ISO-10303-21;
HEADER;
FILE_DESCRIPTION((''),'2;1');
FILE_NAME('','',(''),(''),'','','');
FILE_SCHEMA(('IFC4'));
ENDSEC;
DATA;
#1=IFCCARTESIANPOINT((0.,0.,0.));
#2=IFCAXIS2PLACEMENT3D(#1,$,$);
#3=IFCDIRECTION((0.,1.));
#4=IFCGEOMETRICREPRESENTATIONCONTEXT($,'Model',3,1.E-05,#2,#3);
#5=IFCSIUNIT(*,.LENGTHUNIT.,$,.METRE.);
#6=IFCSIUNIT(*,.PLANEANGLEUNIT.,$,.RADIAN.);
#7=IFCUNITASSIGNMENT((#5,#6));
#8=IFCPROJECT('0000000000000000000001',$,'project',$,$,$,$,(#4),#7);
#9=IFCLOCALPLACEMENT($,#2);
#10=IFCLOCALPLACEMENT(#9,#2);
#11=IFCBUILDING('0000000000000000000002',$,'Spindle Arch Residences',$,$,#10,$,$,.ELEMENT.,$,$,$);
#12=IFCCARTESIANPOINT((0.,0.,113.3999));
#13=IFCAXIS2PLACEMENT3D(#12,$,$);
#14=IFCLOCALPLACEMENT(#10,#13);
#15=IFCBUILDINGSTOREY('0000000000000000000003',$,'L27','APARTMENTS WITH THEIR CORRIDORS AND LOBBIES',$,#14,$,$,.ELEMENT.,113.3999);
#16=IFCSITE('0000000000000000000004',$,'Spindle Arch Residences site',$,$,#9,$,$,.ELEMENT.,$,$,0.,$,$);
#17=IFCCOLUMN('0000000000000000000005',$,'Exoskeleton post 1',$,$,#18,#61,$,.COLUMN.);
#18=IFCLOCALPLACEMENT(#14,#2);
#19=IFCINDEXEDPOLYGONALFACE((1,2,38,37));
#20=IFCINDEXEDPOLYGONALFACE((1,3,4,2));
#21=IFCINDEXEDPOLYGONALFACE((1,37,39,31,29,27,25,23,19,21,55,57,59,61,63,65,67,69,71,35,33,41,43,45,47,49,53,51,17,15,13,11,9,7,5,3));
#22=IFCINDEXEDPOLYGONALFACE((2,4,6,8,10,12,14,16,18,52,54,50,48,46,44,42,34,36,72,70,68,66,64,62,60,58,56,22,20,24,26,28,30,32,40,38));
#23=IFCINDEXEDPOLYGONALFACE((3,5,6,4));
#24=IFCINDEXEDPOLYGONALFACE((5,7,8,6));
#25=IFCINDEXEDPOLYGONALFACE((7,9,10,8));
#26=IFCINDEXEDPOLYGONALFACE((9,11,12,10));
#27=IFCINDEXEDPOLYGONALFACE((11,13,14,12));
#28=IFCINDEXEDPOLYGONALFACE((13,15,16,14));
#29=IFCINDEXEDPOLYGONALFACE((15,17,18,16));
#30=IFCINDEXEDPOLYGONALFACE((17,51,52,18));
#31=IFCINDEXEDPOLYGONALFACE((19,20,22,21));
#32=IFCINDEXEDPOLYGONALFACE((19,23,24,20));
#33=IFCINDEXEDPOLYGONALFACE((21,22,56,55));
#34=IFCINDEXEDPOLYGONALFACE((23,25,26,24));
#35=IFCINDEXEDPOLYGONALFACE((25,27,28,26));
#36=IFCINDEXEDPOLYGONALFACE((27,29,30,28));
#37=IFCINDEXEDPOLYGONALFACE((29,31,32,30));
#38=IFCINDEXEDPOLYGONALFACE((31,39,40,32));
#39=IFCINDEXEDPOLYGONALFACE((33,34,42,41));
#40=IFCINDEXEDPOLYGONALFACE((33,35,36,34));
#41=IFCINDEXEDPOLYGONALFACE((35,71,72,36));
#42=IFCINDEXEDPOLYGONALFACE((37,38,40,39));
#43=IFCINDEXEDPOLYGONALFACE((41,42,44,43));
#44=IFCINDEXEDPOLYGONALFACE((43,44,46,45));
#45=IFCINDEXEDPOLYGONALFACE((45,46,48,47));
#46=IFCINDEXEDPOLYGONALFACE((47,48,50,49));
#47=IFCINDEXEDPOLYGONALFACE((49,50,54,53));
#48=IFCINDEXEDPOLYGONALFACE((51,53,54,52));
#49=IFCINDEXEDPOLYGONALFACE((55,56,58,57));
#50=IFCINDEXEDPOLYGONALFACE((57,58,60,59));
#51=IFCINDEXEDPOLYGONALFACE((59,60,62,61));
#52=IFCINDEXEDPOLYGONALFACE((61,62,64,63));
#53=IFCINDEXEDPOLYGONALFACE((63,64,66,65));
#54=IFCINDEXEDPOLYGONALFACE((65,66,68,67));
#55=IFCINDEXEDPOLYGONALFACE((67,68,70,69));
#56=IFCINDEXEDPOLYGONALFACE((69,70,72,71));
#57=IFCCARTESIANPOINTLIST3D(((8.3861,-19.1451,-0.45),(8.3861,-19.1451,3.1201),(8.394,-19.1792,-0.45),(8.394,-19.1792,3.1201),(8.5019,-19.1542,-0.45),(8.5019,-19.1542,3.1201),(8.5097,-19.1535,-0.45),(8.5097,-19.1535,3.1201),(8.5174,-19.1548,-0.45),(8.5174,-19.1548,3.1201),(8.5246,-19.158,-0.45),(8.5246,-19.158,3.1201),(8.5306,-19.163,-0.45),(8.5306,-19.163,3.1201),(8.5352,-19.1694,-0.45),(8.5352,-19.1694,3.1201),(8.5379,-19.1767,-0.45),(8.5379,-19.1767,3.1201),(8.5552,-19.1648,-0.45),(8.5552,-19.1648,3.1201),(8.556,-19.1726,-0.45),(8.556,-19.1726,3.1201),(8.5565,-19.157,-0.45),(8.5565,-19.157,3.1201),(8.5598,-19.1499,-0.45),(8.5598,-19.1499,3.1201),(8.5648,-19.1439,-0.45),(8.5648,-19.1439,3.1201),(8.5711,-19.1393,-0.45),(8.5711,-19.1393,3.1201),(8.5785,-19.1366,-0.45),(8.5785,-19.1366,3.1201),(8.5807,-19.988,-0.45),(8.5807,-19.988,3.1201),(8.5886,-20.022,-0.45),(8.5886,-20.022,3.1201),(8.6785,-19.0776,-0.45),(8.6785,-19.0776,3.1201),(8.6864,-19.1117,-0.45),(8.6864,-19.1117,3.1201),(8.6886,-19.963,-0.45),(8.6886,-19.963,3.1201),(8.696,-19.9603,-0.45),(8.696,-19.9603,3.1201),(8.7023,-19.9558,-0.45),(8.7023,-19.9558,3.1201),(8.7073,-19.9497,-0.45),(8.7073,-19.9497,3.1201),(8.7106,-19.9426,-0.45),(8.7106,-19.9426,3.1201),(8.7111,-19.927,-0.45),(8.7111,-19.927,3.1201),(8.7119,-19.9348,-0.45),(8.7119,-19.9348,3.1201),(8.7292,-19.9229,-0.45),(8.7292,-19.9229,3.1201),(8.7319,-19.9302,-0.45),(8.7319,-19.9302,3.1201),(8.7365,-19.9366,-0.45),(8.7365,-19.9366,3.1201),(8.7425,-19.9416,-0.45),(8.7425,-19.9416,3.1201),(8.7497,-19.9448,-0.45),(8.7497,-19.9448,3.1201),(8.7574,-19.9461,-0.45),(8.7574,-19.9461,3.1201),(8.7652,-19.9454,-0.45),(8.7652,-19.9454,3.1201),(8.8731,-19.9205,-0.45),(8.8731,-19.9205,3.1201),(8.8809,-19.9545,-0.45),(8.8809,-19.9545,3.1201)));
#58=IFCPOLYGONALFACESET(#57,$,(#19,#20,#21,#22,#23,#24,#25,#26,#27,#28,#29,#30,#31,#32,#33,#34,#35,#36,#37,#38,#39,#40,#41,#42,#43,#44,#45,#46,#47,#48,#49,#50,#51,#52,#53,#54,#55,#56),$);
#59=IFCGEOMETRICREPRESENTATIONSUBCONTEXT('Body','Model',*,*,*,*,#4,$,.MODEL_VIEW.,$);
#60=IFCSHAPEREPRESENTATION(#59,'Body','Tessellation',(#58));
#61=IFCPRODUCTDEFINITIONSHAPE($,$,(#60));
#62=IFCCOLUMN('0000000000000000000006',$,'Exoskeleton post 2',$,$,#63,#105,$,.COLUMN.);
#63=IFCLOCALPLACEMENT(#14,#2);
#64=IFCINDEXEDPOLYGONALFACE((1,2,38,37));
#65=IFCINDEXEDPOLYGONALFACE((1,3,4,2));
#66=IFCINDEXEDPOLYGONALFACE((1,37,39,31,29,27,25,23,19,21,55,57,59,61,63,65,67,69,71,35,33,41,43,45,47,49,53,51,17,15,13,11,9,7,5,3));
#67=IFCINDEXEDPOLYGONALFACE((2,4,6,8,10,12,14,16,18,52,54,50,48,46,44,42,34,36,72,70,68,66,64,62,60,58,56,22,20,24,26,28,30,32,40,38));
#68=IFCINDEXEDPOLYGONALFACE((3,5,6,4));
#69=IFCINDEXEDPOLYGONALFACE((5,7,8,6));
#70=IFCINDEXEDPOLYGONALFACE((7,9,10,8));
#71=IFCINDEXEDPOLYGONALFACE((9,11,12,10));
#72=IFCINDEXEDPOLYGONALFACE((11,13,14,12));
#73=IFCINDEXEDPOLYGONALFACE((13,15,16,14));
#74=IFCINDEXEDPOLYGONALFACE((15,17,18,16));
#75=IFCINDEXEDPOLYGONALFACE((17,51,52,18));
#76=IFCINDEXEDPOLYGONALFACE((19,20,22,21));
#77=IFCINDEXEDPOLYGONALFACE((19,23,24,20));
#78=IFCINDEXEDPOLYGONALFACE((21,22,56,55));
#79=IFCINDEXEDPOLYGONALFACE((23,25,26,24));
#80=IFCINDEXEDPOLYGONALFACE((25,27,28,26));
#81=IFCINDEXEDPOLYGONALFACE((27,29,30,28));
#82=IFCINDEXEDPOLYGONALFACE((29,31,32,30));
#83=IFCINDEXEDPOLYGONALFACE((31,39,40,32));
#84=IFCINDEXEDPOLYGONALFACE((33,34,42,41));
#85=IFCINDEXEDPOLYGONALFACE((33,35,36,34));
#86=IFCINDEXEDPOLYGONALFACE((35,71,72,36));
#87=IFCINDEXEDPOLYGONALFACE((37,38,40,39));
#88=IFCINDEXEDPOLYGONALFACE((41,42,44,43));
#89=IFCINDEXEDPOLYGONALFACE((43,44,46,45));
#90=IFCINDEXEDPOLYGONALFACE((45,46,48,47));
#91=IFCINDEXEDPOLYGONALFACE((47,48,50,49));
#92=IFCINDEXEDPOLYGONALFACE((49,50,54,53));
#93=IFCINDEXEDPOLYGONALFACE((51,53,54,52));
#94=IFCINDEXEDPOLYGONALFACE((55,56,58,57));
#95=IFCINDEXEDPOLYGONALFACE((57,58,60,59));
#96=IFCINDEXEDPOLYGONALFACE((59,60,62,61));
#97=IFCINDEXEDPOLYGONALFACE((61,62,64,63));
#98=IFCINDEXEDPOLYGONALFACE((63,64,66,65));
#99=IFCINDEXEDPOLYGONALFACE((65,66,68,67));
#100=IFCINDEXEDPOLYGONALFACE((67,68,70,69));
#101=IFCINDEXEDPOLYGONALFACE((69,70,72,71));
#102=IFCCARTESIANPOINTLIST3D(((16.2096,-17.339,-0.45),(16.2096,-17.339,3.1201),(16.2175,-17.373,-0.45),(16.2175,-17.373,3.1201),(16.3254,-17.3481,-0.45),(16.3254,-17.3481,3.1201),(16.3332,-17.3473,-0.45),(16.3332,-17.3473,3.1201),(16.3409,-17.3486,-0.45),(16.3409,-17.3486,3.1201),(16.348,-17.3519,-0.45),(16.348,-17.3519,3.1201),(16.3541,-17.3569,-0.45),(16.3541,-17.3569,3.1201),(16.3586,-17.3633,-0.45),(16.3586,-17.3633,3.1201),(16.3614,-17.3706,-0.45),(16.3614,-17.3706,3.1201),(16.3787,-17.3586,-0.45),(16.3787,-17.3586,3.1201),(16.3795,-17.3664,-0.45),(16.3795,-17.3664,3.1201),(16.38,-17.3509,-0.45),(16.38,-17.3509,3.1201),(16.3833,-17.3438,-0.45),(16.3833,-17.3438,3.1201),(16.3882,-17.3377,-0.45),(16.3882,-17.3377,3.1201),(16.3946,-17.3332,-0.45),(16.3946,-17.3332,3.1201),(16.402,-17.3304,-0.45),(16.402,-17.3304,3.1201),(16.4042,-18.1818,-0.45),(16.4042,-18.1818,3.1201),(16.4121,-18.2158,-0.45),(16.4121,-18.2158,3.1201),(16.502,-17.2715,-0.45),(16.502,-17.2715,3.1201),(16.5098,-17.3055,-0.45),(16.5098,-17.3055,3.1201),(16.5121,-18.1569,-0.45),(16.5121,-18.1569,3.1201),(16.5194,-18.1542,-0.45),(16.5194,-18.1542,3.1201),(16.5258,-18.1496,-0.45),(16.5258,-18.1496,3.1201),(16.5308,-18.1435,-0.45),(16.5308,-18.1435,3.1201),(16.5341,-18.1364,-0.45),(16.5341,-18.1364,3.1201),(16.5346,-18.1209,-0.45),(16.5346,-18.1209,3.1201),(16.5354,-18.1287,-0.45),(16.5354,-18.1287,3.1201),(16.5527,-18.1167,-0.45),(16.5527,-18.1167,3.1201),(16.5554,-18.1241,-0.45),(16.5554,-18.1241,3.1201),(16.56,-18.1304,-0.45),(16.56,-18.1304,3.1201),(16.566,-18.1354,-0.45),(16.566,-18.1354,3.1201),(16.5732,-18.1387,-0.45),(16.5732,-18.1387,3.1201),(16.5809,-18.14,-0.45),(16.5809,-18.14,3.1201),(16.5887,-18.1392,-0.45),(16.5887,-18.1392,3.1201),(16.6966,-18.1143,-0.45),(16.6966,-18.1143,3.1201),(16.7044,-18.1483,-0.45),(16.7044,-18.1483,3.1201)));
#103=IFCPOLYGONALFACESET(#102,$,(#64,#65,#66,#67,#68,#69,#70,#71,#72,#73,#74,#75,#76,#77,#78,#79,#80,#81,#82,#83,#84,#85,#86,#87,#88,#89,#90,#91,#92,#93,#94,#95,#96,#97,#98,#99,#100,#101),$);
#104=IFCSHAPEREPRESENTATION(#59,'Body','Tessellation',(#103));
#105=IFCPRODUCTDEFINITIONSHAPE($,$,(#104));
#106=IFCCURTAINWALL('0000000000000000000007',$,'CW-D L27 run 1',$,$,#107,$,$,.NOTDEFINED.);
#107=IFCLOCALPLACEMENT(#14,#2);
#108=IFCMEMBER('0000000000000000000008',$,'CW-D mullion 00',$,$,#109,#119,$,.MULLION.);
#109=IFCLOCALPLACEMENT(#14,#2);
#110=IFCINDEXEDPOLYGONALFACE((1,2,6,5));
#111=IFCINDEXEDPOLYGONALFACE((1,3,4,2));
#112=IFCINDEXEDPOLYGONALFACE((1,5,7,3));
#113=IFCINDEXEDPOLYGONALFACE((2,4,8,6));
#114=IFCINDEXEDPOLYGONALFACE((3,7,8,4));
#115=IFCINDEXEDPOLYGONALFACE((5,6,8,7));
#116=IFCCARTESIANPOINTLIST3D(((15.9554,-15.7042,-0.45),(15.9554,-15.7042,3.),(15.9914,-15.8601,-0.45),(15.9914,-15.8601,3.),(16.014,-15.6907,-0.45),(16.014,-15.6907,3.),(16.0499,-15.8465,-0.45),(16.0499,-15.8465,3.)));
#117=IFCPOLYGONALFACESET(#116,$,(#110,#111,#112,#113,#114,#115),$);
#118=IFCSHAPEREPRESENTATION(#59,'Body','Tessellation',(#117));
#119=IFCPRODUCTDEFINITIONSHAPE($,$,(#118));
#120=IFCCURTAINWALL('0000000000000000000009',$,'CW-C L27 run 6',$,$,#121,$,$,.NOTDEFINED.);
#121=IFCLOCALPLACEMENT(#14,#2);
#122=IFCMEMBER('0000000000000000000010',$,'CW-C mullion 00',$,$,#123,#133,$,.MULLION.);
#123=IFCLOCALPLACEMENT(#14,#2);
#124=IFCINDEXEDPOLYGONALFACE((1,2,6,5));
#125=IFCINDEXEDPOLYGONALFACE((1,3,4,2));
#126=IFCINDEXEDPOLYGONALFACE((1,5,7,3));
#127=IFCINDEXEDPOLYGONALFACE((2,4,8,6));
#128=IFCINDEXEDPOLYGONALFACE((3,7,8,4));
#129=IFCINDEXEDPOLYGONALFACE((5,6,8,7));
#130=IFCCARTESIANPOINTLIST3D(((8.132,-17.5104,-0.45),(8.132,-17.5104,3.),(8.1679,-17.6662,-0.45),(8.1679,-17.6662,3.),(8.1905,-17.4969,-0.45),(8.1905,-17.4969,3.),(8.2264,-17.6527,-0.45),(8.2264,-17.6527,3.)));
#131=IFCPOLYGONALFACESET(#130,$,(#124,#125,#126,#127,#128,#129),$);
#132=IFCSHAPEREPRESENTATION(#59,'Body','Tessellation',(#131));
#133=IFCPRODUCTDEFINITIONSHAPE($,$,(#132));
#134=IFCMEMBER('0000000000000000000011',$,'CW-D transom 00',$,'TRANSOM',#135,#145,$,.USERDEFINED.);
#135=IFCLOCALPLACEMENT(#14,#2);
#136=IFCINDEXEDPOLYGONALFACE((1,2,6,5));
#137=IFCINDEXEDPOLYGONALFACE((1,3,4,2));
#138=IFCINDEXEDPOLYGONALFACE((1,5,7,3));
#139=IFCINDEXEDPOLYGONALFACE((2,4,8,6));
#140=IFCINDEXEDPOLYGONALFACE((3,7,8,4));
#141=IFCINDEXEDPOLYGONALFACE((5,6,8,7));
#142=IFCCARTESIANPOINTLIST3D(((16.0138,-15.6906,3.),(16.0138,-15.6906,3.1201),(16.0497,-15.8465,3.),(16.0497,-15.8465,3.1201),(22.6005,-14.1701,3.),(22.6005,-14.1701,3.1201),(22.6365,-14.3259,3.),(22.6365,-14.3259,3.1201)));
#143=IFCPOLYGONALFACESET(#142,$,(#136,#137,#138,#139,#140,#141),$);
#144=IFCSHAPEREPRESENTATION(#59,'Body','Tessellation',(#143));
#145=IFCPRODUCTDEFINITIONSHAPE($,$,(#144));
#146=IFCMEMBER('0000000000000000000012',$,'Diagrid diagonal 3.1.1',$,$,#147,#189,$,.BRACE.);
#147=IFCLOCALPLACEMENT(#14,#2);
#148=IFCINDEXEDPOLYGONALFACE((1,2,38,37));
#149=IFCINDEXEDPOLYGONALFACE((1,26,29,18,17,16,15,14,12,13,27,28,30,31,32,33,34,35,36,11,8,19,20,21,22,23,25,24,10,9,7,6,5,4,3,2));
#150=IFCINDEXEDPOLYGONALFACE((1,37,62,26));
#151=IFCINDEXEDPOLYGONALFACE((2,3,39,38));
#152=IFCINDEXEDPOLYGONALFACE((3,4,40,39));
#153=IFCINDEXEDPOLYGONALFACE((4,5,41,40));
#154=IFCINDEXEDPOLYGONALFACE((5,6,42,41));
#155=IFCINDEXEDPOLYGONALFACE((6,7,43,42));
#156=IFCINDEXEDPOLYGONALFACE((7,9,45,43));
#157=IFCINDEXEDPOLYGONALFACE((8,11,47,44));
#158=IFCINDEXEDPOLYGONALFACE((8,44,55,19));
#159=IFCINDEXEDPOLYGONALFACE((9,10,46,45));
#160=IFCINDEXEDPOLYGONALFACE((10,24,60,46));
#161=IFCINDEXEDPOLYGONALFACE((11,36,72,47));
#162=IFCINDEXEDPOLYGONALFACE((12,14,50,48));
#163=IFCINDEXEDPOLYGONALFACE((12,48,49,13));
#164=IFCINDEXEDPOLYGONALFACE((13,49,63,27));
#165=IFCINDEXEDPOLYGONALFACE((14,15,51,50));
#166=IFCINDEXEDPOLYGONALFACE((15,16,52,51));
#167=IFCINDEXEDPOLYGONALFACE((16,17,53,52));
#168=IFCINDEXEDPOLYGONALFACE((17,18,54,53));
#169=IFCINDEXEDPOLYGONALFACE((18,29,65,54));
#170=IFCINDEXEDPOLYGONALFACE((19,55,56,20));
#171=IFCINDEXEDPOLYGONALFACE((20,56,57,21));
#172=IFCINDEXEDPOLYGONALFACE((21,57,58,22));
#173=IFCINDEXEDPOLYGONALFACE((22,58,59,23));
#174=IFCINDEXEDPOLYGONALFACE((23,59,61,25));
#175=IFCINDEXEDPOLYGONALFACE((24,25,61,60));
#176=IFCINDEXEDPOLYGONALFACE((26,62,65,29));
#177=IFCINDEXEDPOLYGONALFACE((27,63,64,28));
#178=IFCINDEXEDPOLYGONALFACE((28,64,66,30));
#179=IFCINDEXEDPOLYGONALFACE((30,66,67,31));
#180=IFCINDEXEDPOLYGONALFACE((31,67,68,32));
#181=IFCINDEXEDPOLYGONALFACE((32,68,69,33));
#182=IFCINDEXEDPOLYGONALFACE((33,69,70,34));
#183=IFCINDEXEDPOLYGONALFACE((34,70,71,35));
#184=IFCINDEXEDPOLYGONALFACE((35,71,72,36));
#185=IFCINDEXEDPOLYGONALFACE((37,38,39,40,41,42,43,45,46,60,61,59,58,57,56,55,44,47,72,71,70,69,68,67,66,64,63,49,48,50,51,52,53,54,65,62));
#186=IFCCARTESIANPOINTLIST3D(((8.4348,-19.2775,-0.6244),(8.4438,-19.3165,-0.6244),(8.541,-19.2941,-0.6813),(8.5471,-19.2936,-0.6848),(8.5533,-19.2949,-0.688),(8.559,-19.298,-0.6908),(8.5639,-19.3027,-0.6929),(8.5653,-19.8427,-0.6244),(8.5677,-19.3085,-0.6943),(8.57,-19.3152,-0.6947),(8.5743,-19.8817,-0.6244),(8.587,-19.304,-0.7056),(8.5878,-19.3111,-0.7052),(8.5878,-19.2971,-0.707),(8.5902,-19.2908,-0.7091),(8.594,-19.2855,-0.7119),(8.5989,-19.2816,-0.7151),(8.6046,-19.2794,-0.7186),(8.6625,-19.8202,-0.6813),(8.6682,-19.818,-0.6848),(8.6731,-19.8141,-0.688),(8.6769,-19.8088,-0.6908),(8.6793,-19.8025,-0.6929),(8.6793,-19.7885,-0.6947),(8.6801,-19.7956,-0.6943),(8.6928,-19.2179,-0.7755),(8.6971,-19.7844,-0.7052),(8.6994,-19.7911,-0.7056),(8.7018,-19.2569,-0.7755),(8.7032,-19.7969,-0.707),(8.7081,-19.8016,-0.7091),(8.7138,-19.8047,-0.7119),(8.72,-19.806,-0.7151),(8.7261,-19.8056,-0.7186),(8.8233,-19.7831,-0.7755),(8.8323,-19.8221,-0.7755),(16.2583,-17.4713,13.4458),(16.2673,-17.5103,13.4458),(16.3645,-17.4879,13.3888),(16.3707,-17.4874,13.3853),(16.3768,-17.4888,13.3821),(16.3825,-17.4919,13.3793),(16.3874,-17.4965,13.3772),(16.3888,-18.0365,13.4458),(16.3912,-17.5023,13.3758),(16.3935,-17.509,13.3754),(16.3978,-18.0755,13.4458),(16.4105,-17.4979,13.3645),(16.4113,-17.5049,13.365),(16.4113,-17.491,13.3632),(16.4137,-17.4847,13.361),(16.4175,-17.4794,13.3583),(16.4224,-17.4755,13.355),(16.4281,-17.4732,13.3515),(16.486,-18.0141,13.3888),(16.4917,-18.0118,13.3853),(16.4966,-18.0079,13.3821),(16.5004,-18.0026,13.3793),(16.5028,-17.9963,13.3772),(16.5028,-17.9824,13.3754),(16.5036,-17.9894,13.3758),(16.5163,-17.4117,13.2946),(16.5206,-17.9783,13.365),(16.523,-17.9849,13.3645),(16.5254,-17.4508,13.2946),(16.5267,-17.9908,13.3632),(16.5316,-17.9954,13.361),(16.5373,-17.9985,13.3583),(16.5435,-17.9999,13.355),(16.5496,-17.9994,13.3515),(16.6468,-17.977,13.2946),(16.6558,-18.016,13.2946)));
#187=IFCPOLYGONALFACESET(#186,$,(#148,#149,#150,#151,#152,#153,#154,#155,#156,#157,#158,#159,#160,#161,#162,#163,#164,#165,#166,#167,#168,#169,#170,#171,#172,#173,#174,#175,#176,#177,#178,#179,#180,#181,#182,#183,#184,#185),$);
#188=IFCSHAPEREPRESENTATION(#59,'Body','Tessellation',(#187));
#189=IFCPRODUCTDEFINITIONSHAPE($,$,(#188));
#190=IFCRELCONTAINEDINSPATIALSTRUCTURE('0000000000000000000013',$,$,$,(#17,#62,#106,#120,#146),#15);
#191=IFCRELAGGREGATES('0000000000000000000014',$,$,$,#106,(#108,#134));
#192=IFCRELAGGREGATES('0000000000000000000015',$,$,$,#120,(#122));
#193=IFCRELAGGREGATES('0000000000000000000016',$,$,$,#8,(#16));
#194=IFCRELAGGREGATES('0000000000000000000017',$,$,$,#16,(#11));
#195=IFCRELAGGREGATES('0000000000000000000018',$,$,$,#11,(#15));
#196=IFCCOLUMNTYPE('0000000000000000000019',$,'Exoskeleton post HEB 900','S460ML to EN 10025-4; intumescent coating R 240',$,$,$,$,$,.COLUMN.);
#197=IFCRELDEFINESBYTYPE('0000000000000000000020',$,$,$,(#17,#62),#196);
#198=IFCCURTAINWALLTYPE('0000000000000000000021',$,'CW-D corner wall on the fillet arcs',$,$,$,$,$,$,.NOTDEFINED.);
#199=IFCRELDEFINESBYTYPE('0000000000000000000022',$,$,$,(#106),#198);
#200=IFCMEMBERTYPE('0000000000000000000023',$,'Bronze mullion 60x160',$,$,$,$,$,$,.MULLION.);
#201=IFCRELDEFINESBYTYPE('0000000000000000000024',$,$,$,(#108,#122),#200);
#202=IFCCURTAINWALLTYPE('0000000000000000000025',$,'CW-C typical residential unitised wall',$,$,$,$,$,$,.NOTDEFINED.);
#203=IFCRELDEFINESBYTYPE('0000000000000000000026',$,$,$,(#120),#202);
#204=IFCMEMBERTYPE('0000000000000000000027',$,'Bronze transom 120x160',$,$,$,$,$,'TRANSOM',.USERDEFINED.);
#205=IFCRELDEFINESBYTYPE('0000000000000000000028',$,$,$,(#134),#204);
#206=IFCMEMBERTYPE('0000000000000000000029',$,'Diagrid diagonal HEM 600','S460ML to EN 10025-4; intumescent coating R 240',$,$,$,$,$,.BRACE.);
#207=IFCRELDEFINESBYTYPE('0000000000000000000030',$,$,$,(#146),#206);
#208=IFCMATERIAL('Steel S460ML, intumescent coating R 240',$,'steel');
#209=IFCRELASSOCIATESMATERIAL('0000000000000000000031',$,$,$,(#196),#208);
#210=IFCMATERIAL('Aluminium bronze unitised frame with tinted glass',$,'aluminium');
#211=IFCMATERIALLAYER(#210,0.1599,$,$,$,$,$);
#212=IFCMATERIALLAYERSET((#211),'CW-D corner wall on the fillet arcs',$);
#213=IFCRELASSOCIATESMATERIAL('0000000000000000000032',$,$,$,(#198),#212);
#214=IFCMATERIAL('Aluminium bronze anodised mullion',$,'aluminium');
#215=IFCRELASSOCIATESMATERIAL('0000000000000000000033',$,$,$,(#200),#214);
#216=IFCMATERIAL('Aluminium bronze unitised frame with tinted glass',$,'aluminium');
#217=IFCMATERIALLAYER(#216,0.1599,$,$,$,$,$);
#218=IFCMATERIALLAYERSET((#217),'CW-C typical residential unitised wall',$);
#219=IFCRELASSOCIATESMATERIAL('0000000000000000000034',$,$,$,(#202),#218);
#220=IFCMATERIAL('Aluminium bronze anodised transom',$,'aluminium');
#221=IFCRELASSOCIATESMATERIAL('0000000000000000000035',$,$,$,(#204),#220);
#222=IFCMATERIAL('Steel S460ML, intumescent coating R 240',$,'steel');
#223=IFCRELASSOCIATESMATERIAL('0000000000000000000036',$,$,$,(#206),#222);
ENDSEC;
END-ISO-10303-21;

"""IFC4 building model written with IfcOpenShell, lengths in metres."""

from ifc_helpers import new_model, si_unit, direction, frame, origin, origin_2d, place, context, subcontext, project, spatial, rectangle, i_section, extrude, material, layer, layer_set, material_profile, profile_set, type_object, element, aggregate, save


model = new_model("IFC4")

# Units and contexts
model_context = context("Model", 3, precision=1e-05, world=origin(), true_north=direction((0.0, 1.0)))
body_context = subcontext(model_context, "Body", "Model", "MODEL_VIEW")
ifc_project = project(units=[si_unit("LENGTHUNIT", "METRE"), si_unit("PLANEANGLEUNIT", "RADIAN")], contexts=[model_context])

# Site, building, storey
site_placement = place(None, origin())
site = spatial("IfcSite", under=ifc_project, at=site_placement, Name="Spindle Arch Residences site", CompositionType="ELEMENT", RefElevation=0.0)
building_placement = place(site_placement, origin())
building = spatial("IfcBuilding", under=site, at=building_placement, Name="Spindle Arch Residences", CompositionType="ELEMENT")
storey_placement = place(building_placement, frame((0.0, 0.0, 113.3999)))
storey = spatial("IfcBuildingStorey", under=building, at=storey_placement, Name="L27", Description="APARTMENTS WITH THEIR CORRIDORS AND LOBBIES", CompositionType="ELEMENT", Elevation=113.3999)

# Columns
ifc_material_1 = material(Name="Steel S460ML, intumescent coating R 240", Category="steel")
ifc_material_profile_1 = material_profile(ifc_material_1, i_section(OverallWidth=0.3, OverallDepth=0.8999, WebThickness=0.0186, FlangeThickness=0.0349, FilletRadius=0.03, at=origin_2d()), Name="HEB 900")
ifc_profile_set_1 = profile_set([ifc_material_profile_1], Name="Steel S460ML, intumescent coating R 240")
column_type = type_object("IfcColumnType", Name="Exoskeleton post HEB 900", Description="S460ML to EN 10025-4; intumescent coating R 240", PredefinedType="COLUMN", material=ifc_profile_set_1)
for number, where, z_axis, x_axis, name in (
    (1, (8.6335, -19.5498, -0.45), (0.0, 0.0, 1.0), (-0.97437, -0.224951, 0.0), "Exoskeleton post 1"),
    (2, (16.457, -17.7437, -0.45), (0.0, 0.0, 1.0), (-0.97437, -0.224951, 0.0), "Exoskeleton post 2"),
):
    element("IfcColumn", number, at=place(storey_placement, frame(where, z_axis=z_axis, x_axis=x_axis)), inside=storey, type_object=column_type, Name=name, PredefinedType="COLUMN", context=body_context, shape_type="SweptSolid", body=[
        extrude(i_section(OverallWidth=0.3, OverallDepth=0.8999, WebThickness=0.0186, FlangeThickness=0.0349, FilletRadius=0.03, at=origin_2d()), origin(), (0.0, 0.0, 1.0), 3.5701),
    ])

# Curtain walls, members
ifc_material_2 = material(Name="Aluminium bronze unitised frame with tinted glass", Category="aluminium")
ifc_layer_1 = layer(ifc_material_2, 0.1599)
ifc_layer_set_1 = layer_set([ifc_layer_1], Name="CW-D corner wall on the fillet arcs")
curtain_wall_type_1 = type_object("IfcCurtainWallType", Name="CW-D corner wall on the fillet arcs", PredefinedType="NOTDEFINED", material=ifc_layer_set_1)
curtain_wall_1_placement = place(storey_placement, origin())
curtain_wall_1 = element("IfcCurtainWall", 3, at=curtain_wall_1_placement, inside=storey, type_object=curtain_wall_type_1, Name="CW-D L27 run 1", PredefinedType="NOTDEFINED")
ifc_material_3 = material(Name="Aluminium bronze anodised mullion", Category="aluminium")
ifc_material_profile_2 = material_profile(ifc_material_3, rectangle(XDim=0.1599, YDim=0.0601, at=origin_2d()), Name="MU 60x160")
ifc_profile_set_2 = profile_set([ifc_material_profile_2], Name="Aluminium bronze anodised mullion")
member_type_1 = type_object("IfcMemberType", Name="Bronze mullion 60x160", PredefinedType="MULLION", material=ifc_profile_set_2)
member_1_placement = place(storey_placement, frame((16.0027, -15.7754, -0.45), z_axis=(0.0, 0.0, 1.0), x_axis=(-0.224951, 0.97437, 0.0)))
member_1 = element("IfcMember", 4, at=member_1_placement, type_object=member_type_1, Name="CW-D mullion 00", PredefinedType="MULLION", context=body_context, shape_type="SweptSolid", body=[
    extrude(rectangle(XDim=0.1599, YDim=0.0601, at=origin_2d()), origin(), (0.0, 0.0, 1.0), 3.45),
])
ifc_material_4 = material(Name="Aluminium bronze unitised frame with tinted glass", Category="aluminium")
ifc_layer_2 = layer(ifc_material_4, 0.1599)
ifc_layer_set_2 = layer_set([ifc_layer_2], Name="CW-C typical residential unitised wall")
curtain_wall_type_2 = type_object("IfcCurtainWallType", Name="CW-C typical residential unitised wall", PredefinedType="NOTDEFINED", material=ifc_layer_set_2)
curtain_wall_2_placement = place(storey_placement, origin())
curtain_wall_2 = element("IfcCurtainWall", 5, at=curtain_wall_2_placement, inside=storey, type_object=curtain_wall_type_2, Name="CW-C L27 run 6", PredefinedType="NOTDEFINED")
member_2_placement = place(storey_placement, frame((8.1792, -17.5815, -0.45), z_axis=(0.0, 0.0, 1.0), x_axis=(-0.224951, 0.97437, 0.0)))
member_2 = element("IfcMember", 6, at=member_2_placement, type_object=member_type_1, Name="CW-C mullion 00", PredefinedType="MULLION", context=body_context, shape_type="SweptSolid", body=[
    extrude(rectangle(XDim=0.1599, YDim=0.0601, at=origin_2d()), origin(), (0.0, 0.0, 1.0), 3.45),
])

# Member
ifc_material_5 = material(Name="Aluminium bronze anodised transom", Category="aluminium")
ifc_material_profile_3 = material_profile(ifc_material_5, rectangle(XDim=0.1599, YDim=0.1201, at=origin_2d()), Name="TR 120x160")
ifc_profile_set_3 = profile_set([ifc_material_profile_3], Name="Aluminium bronze anodised transom")
member_type_2 = type_object("IfcMemberType", Name="Bronze transom 120x160", ElementType="TRANSOM", PredefinedType="USERDEFINED", material=ifc_profile_set_3)
member_3_placement = place(storey_placement, frame((16.0317, -15.7686, 3.0601), z_axis=(0.974375, 0.224931, 0.0), x_axis=(-0.224931, 0.974375, 0.0)))
member_3 = element("IfcMember", 7, at=member_3_placement, type_object=member_type_2, Name="CW-D transom 00", ObjectType="TRANSOM", PredefinedType="USERDEFINED", context=body_context, shape_type="SweptSolid", body=[
    extrude(rectangle(XDim=0.1599, YDim=0.1201, at=origin_2d()), origin(), (0.0, 0.0, 1.0), 6.76),
])
aggregate(curtain_wall_1, [member_1, member_3])

# Member
ifc_material_6 = material(Name="Steel S460ML, intumescent coating R 240", Category="steel")
ifc_material_profile_4 = material_profile(ifc_material_6, i_section(OverallWidth=0.3049, OverallDepth=0.6201, WebThickness=0.021, FlangeThickness=0.04, FilletRadius=0.0271, at=origin_2d()), Name="HEM 600")
ifc_profile_set_4 = profile_set([ifc_material_profile_4], Name="Steel S460ML, intumescent coating R 240")
member_type_3 = type_object("IfcMemberType", Name="Diagrid diagonal HEM 600", Description="S460ML to EN 10025-4; intumescent coating R 240", PredefinedType="BRACE", material=ifc_profile_set_4)
member_4_placement = place(storey_placement, frame((8.6335, -19.5498, -0.7), z_axis=(0.482935, 0.111492, 0.868529), x_axis=(-0.84627, -0.195372, 0.495638)))
element("IfcMember", 8, at=member_4_placement, inside=storey, type_object=member_type_3, Name="Diagrid diagonal 3.1.1", PredefinedType="BRACE", context=body_context, shape_type="SweptSolid", body=[
    extrude(i_section(OverallWidth=0.3049, OverallDepth=0.6201, WebThickness=0.021, FlangeThickness=0.04, FilletRadius=0.0271, at=origin_2d()), origin(), (0.0, 0.0, 1.0), 16.2),
])

aggregate(curtain_wall_2, [member_2])

save(model, "model.ifc")
